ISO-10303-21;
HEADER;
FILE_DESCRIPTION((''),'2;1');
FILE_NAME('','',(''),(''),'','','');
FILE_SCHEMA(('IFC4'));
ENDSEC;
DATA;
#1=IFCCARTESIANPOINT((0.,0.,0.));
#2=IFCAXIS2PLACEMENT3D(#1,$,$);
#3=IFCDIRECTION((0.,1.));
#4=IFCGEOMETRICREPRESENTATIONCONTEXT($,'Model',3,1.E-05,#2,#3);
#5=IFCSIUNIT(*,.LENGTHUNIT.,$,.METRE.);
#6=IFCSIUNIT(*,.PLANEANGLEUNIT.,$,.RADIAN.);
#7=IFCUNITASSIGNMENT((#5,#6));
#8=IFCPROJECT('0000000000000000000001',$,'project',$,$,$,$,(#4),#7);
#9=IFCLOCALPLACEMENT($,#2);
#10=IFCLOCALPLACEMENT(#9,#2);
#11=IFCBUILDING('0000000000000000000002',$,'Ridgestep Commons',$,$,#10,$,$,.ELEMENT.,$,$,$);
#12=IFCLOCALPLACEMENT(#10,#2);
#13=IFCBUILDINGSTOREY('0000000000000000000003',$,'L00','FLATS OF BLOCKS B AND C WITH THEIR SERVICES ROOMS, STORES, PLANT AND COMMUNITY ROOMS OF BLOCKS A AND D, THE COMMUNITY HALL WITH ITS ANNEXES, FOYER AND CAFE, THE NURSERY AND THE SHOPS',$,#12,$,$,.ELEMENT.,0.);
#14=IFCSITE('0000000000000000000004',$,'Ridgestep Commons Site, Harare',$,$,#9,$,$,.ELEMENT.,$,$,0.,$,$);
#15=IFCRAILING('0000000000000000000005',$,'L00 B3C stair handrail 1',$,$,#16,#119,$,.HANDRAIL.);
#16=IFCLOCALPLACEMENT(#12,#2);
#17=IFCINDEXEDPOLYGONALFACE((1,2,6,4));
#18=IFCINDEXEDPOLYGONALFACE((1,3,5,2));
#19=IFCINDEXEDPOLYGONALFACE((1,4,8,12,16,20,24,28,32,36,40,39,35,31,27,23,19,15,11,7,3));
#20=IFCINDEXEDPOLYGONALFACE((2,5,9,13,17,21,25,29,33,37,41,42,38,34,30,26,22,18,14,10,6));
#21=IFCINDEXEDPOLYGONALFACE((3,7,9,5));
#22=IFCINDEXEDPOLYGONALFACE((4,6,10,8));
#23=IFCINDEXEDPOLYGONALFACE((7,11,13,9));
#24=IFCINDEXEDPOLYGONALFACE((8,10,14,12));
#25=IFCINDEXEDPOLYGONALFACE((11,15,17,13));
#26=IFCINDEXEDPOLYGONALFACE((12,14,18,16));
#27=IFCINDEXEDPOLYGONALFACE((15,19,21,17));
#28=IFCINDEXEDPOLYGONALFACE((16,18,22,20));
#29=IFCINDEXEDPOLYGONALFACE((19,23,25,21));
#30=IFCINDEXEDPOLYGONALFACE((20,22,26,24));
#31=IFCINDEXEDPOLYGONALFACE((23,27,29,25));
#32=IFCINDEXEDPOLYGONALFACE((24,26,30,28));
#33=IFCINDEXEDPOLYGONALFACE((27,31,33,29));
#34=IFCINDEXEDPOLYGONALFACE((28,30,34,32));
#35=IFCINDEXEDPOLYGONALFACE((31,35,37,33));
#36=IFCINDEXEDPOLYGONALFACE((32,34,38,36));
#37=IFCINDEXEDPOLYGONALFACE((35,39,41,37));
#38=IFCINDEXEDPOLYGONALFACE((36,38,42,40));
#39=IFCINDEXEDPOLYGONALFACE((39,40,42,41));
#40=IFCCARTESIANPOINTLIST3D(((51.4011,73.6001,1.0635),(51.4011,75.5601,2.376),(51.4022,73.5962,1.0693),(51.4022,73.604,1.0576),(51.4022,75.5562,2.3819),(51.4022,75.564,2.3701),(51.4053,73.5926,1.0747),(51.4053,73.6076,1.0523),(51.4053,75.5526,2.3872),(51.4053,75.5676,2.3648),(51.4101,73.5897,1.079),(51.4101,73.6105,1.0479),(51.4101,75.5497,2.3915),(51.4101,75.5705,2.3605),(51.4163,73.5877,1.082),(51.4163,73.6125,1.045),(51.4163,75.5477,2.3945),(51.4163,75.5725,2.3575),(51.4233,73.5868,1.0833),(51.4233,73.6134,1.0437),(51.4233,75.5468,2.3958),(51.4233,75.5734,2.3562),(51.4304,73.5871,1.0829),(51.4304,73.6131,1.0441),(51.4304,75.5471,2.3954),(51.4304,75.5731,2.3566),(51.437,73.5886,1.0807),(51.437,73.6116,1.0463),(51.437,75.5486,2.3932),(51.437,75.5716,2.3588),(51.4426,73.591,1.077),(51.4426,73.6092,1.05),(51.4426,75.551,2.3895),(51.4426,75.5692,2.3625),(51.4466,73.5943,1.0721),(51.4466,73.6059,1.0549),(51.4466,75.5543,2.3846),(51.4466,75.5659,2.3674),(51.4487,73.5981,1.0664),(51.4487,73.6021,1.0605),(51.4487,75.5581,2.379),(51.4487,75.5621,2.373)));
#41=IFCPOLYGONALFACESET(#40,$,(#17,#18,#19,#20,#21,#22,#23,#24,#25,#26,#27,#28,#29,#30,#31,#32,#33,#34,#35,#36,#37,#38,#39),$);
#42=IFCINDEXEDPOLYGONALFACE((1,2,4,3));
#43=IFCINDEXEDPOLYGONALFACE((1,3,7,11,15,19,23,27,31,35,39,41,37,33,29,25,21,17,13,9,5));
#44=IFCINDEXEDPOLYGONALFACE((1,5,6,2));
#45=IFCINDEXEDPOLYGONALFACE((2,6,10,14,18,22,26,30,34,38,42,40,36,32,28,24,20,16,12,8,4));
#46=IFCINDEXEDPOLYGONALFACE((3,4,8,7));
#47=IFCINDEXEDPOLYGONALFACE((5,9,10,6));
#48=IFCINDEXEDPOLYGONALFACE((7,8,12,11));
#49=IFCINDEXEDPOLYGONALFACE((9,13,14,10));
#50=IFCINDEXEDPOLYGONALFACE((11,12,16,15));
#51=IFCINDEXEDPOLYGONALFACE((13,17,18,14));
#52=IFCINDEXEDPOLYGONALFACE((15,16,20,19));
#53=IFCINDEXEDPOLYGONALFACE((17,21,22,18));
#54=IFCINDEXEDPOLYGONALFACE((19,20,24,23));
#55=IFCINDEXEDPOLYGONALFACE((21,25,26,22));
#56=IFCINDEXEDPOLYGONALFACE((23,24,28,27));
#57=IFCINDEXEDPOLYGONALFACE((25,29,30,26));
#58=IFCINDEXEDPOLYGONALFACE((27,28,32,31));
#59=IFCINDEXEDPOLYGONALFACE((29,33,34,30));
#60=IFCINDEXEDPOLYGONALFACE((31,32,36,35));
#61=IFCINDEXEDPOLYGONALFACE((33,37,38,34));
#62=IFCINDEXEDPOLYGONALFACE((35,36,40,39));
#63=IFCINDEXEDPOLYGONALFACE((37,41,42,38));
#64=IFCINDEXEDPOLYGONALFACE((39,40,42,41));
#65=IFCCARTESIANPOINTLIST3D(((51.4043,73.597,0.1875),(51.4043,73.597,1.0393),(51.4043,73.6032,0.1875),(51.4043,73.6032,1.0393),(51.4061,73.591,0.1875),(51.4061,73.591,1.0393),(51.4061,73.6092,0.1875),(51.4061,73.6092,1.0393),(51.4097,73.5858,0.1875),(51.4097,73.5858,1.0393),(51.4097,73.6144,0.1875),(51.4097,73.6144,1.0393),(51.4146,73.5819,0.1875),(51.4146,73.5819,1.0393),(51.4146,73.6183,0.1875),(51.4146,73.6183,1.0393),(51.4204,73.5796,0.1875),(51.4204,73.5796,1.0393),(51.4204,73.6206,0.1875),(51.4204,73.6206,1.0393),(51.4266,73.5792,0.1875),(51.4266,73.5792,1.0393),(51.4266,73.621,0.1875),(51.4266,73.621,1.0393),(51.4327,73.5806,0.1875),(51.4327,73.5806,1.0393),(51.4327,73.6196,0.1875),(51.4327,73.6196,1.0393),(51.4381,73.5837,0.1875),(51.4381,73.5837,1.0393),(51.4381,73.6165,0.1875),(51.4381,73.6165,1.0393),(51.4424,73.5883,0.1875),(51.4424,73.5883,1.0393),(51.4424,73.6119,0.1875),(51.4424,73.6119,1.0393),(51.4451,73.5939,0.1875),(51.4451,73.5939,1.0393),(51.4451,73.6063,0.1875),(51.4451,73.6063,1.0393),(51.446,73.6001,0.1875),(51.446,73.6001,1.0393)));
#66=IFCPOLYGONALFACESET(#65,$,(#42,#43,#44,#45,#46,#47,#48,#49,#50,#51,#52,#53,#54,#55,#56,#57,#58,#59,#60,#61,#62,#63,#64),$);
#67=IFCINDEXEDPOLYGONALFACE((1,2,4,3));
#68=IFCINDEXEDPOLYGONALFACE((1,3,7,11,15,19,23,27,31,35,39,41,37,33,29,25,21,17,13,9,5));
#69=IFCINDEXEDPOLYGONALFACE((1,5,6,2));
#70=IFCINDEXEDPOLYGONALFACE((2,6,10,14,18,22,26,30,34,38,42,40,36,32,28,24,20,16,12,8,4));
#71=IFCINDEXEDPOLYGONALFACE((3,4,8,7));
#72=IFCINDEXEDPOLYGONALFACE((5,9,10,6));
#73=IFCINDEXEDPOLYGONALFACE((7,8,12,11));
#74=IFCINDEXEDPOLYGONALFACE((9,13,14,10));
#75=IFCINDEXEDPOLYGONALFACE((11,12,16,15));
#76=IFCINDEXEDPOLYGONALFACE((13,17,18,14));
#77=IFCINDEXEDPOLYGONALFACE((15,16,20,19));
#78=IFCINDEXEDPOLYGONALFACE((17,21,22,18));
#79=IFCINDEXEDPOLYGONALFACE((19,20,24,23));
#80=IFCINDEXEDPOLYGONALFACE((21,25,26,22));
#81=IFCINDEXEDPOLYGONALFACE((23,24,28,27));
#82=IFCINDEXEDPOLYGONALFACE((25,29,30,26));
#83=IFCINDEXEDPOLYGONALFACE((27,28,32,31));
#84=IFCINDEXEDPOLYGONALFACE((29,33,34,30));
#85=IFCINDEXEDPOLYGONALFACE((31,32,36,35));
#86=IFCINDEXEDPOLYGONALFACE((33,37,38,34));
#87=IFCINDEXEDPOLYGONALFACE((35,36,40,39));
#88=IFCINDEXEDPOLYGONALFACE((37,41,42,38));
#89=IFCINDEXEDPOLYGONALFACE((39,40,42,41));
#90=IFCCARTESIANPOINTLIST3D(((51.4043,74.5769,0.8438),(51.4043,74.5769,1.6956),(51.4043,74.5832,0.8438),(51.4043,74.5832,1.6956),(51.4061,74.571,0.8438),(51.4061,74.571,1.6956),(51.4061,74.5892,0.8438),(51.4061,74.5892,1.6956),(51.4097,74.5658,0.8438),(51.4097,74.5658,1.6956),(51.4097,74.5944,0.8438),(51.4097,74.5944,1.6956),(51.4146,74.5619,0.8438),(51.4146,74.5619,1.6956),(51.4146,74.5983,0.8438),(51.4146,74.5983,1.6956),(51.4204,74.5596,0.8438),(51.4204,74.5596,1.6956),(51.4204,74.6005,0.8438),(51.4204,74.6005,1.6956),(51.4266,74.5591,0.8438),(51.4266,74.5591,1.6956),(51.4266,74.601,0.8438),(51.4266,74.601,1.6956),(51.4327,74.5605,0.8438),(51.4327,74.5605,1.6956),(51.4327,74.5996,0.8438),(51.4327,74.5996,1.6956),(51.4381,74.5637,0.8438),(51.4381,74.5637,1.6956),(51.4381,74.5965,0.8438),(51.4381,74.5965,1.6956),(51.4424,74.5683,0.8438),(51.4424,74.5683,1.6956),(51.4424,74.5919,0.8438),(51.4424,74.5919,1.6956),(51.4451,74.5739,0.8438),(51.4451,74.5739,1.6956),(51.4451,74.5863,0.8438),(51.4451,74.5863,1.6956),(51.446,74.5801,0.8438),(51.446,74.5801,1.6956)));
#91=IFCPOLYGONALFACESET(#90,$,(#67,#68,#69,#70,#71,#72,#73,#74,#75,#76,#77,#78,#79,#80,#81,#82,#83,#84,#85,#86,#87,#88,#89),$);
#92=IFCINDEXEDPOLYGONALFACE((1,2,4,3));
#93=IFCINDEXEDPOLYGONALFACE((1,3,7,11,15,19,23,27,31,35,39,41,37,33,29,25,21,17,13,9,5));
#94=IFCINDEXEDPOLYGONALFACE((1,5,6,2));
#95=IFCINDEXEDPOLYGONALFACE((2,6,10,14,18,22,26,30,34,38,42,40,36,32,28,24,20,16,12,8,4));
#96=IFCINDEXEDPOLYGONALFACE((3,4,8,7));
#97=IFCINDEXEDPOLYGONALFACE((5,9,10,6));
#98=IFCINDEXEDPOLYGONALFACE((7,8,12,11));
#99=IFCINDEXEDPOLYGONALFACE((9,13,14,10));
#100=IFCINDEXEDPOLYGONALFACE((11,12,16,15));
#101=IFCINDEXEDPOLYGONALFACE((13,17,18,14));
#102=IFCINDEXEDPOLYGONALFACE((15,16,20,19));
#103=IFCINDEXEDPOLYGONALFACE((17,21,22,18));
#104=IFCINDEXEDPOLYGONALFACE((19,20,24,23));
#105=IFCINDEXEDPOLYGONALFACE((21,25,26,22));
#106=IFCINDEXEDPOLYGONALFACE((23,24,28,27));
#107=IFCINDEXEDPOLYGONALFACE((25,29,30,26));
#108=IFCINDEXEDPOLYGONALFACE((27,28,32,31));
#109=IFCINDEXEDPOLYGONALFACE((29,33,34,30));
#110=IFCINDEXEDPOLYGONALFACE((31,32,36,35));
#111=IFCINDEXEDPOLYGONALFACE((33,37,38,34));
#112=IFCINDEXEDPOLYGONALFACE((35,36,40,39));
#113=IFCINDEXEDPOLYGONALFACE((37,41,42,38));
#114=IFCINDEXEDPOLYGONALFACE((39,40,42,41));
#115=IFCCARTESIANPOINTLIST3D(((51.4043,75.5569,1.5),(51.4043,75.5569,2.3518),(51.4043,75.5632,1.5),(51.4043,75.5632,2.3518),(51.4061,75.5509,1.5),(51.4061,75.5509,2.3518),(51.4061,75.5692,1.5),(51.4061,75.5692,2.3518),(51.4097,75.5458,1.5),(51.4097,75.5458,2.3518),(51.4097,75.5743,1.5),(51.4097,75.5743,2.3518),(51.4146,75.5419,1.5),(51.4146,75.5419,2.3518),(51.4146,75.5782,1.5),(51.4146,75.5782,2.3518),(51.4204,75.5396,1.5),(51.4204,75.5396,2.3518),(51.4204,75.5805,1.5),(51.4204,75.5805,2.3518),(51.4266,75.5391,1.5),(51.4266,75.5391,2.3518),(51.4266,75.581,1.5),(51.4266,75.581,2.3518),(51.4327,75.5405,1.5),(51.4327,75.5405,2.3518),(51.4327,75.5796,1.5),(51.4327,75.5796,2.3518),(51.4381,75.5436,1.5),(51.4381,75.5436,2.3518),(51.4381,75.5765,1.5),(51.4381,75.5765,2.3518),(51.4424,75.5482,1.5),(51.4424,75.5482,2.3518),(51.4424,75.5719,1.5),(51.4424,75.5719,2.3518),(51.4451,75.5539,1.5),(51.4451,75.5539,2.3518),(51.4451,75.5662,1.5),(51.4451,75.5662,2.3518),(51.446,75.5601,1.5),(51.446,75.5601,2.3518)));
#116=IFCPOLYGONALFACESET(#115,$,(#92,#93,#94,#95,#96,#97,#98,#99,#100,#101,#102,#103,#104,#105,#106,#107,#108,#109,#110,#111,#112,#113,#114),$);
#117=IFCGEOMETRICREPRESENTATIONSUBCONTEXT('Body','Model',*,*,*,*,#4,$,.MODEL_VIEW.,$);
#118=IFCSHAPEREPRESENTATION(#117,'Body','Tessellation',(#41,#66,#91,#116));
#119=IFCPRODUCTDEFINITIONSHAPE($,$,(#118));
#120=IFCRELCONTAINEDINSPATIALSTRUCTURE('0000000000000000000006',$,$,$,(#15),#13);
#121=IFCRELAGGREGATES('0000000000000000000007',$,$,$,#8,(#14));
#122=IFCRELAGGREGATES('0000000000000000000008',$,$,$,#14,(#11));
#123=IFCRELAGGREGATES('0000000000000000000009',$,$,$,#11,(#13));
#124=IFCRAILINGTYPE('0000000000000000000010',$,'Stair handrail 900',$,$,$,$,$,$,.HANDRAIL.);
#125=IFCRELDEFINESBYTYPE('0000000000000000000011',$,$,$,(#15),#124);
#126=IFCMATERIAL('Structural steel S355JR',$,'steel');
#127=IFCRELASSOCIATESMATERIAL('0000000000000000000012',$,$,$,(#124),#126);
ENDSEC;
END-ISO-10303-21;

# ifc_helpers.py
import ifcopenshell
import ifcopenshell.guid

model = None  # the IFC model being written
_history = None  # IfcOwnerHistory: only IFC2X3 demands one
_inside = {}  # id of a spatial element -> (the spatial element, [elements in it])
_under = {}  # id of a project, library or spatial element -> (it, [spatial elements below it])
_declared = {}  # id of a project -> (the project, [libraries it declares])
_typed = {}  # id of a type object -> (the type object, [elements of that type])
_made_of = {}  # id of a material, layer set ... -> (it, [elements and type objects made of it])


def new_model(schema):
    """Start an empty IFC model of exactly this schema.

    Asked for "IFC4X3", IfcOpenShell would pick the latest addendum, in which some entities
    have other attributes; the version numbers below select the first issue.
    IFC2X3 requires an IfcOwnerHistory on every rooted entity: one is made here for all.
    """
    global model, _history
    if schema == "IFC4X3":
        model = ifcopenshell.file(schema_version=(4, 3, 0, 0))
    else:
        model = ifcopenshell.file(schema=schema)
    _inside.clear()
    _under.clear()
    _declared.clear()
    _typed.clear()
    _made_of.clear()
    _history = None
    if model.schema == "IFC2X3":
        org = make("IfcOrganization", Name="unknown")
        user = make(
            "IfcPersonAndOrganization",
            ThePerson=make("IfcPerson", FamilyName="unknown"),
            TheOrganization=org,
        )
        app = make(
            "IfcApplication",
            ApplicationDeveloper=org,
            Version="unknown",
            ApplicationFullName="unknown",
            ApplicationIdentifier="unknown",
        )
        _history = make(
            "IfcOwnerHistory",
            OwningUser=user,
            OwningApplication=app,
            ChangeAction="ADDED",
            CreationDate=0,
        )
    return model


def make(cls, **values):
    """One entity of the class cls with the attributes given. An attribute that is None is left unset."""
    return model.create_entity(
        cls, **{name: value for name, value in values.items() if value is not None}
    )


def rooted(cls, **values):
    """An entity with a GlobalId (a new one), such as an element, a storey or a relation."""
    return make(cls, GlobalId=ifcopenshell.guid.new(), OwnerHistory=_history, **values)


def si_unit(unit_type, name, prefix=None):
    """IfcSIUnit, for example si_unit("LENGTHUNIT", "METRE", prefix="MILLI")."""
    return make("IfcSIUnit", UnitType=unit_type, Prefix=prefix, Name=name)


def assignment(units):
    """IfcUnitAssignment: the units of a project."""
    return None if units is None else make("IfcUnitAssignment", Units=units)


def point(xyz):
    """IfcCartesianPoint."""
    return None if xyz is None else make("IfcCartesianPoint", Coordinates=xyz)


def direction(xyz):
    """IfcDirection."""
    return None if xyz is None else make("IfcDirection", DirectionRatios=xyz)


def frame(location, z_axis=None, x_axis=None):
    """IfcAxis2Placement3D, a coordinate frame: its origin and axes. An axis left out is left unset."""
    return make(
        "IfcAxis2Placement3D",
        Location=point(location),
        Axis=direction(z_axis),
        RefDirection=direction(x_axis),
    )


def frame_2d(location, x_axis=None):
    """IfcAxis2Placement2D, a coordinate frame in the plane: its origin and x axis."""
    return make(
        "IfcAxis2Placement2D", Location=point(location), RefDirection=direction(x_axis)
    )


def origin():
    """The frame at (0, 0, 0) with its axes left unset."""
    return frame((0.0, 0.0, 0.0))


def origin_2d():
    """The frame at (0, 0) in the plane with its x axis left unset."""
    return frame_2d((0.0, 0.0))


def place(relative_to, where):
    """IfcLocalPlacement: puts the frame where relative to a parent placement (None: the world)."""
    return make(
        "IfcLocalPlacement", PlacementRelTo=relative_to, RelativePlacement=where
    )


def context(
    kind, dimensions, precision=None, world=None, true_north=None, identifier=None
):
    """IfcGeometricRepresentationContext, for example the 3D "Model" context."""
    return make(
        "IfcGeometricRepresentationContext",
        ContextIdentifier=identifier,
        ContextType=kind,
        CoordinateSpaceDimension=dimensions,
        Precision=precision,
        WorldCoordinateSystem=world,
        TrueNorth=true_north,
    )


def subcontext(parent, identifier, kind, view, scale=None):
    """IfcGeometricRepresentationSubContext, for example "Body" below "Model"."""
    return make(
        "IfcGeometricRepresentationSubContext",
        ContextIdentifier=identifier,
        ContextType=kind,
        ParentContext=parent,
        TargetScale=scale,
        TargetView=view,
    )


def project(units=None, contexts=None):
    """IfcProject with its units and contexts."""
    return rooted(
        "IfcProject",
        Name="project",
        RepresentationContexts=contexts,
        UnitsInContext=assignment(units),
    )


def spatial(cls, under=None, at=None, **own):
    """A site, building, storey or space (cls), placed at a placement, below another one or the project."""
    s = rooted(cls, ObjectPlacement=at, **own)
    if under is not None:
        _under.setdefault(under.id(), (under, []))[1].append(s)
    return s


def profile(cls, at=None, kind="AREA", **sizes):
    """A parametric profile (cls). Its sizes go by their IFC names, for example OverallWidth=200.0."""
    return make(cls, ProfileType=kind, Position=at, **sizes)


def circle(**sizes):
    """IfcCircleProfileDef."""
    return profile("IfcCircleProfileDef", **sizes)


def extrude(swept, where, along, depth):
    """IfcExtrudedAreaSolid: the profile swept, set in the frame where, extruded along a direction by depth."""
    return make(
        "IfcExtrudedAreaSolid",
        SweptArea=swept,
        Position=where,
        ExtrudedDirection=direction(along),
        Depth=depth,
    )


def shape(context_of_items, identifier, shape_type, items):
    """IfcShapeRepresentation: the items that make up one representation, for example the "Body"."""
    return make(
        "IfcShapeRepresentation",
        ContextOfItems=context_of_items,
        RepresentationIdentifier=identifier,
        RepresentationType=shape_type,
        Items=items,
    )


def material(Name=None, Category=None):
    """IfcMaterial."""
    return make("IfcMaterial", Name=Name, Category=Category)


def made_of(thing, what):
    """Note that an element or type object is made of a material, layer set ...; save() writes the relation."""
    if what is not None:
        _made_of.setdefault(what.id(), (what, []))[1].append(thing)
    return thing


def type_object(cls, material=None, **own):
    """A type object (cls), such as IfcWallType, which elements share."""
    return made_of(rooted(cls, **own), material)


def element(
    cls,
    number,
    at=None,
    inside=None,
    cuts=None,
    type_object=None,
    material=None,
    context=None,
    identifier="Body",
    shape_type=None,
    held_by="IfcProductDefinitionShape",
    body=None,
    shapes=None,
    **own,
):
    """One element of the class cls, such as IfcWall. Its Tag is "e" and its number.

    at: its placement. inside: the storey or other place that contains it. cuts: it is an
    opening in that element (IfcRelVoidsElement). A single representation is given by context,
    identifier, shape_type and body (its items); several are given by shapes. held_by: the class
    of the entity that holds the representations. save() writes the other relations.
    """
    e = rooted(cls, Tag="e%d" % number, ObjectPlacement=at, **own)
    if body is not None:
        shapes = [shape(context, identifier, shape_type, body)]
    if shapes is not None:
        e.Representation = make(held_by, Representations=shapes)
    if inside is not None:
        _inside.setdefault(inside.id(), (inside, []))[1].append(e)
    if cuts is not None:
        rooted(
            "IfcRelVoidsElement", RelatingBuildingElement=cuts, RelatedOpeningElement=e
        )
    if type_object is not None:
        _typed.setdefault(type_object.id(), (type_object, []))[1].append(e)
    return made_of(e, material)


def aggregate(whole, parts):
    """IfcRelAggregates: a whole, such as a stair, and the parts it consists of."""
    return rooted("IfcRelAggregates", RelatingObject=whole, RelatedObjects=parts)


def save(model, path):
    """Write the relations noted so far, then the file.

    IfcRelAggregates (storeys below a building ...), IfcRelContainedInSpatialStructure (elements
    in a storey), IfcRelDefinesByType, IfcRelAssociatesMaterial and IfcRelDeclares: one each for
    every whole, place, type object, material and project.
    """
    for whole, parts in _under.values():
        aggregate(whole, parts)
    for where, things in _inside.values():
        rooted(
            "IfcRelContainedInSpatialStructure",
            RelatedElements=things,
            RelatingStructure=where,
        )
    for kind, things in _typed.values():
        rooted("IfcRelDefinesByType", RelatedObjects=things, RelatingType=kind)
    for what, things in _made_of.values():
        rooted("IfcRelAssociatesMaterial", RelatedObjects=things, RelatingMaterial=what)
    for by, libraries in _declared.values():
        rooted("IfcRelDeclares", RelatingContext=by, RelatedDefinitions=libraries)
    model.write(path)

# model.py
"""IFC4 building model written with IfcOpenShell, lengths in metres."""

from ifc_helpers import new_model, si_unit, direction, frame, origin, origin_2d, place, context, subcontext, project, spatial, circle, extrude, material, type_object, element, save


model = new_model("IFC4")

# Units and contexts
model_context = context("Model", 3, precision=1e-05, world=origin(), true_north=direction((0.0, 1.0)))
body_context = subcontext(model_context, "Body", "Model", "MODEL_VIEW")
ifc_project = project(units=[si_unit("LENGTHUNIT", "METRE"), si_unit("PLANEANGLEUNIT", "RADIAN")], contexts=[model_context])

# Site, building, storey
site_placement = place(None, origin())
site = spatial("IfcSite", under=ifc_project, at=site_placement, Name="Ridgestep Commons Site, Harare", CompositionType="ELEMENT", RefElevation=0.0)
building_placement = place(site_placement, origin())
building = spatial("IfcBuilding", under=site, at=building_placement, Name="Ridgestep Commons", CompositionType="ELEMENT")
storey_placement = place(building_placement, origin())
storey = spatial("IfcBuildingStorey", under=building, at=storey_placement, Name="L00", Description="FLATS OF BLOCKS B AND C WITH THEIR SERVICES ROOMS, STORES, PLANT AND COMMUNITY ROOMS OF BLOCKS A AND D, THE COMMUNITY HALL WITH ITS ANNEXES, FOYER AND CAFE, THE NURSERY AND THE SHOPS", CompositionType="ELEMENT", Elevation=0.0)

# Railing
ifc_material_1 = material(Name="Structural steel S355JR", Category="steel")
railing_type_1 = type_object("IfcRailingType", Name="Stair handrail 900", PredefinedType="HANDRAIL", material=ifc_material_1)
railing_1_placement = place(storey_placement, frame((51.425, 73.6001, 0.1875)))
element("IfcRailing", 1, at=railing_1_placement, inside=storey, type_object=railing_type_1, Name="L00 B3C stair handrail 1", PredefinedType="HANDRAIL", context=body_context, shape_type="SweptSolid", body=[
    extrude(circle(Radius=0.0239, at=origin_2d()), frame((0.0, 0.0, 0.876), z_axis=(0.0, 0.830902, 0.556419), x_axis=(-1.0, 0.0, 0.0)), (0.0, 0.0, 1.0), 2.3589),
    extrude(circle(Radius=0.021, at=origin_2d()), origin(), (0.0, 0.0, 1.0), 0.8518),
    extrude(circle(Radius=0.021, at=origin_2d()), frame((0.0, 0.98, 0.6562)), (0.0, 0.0, 1.0), 0.8518),
    extrude(circle(Radius=0.021, at=origin_2d()), frame((0.0, 1.96, 1.3125)), (0.0, 0.0, 1.0), 0.8518),
])

save(model, "model.ifc")
